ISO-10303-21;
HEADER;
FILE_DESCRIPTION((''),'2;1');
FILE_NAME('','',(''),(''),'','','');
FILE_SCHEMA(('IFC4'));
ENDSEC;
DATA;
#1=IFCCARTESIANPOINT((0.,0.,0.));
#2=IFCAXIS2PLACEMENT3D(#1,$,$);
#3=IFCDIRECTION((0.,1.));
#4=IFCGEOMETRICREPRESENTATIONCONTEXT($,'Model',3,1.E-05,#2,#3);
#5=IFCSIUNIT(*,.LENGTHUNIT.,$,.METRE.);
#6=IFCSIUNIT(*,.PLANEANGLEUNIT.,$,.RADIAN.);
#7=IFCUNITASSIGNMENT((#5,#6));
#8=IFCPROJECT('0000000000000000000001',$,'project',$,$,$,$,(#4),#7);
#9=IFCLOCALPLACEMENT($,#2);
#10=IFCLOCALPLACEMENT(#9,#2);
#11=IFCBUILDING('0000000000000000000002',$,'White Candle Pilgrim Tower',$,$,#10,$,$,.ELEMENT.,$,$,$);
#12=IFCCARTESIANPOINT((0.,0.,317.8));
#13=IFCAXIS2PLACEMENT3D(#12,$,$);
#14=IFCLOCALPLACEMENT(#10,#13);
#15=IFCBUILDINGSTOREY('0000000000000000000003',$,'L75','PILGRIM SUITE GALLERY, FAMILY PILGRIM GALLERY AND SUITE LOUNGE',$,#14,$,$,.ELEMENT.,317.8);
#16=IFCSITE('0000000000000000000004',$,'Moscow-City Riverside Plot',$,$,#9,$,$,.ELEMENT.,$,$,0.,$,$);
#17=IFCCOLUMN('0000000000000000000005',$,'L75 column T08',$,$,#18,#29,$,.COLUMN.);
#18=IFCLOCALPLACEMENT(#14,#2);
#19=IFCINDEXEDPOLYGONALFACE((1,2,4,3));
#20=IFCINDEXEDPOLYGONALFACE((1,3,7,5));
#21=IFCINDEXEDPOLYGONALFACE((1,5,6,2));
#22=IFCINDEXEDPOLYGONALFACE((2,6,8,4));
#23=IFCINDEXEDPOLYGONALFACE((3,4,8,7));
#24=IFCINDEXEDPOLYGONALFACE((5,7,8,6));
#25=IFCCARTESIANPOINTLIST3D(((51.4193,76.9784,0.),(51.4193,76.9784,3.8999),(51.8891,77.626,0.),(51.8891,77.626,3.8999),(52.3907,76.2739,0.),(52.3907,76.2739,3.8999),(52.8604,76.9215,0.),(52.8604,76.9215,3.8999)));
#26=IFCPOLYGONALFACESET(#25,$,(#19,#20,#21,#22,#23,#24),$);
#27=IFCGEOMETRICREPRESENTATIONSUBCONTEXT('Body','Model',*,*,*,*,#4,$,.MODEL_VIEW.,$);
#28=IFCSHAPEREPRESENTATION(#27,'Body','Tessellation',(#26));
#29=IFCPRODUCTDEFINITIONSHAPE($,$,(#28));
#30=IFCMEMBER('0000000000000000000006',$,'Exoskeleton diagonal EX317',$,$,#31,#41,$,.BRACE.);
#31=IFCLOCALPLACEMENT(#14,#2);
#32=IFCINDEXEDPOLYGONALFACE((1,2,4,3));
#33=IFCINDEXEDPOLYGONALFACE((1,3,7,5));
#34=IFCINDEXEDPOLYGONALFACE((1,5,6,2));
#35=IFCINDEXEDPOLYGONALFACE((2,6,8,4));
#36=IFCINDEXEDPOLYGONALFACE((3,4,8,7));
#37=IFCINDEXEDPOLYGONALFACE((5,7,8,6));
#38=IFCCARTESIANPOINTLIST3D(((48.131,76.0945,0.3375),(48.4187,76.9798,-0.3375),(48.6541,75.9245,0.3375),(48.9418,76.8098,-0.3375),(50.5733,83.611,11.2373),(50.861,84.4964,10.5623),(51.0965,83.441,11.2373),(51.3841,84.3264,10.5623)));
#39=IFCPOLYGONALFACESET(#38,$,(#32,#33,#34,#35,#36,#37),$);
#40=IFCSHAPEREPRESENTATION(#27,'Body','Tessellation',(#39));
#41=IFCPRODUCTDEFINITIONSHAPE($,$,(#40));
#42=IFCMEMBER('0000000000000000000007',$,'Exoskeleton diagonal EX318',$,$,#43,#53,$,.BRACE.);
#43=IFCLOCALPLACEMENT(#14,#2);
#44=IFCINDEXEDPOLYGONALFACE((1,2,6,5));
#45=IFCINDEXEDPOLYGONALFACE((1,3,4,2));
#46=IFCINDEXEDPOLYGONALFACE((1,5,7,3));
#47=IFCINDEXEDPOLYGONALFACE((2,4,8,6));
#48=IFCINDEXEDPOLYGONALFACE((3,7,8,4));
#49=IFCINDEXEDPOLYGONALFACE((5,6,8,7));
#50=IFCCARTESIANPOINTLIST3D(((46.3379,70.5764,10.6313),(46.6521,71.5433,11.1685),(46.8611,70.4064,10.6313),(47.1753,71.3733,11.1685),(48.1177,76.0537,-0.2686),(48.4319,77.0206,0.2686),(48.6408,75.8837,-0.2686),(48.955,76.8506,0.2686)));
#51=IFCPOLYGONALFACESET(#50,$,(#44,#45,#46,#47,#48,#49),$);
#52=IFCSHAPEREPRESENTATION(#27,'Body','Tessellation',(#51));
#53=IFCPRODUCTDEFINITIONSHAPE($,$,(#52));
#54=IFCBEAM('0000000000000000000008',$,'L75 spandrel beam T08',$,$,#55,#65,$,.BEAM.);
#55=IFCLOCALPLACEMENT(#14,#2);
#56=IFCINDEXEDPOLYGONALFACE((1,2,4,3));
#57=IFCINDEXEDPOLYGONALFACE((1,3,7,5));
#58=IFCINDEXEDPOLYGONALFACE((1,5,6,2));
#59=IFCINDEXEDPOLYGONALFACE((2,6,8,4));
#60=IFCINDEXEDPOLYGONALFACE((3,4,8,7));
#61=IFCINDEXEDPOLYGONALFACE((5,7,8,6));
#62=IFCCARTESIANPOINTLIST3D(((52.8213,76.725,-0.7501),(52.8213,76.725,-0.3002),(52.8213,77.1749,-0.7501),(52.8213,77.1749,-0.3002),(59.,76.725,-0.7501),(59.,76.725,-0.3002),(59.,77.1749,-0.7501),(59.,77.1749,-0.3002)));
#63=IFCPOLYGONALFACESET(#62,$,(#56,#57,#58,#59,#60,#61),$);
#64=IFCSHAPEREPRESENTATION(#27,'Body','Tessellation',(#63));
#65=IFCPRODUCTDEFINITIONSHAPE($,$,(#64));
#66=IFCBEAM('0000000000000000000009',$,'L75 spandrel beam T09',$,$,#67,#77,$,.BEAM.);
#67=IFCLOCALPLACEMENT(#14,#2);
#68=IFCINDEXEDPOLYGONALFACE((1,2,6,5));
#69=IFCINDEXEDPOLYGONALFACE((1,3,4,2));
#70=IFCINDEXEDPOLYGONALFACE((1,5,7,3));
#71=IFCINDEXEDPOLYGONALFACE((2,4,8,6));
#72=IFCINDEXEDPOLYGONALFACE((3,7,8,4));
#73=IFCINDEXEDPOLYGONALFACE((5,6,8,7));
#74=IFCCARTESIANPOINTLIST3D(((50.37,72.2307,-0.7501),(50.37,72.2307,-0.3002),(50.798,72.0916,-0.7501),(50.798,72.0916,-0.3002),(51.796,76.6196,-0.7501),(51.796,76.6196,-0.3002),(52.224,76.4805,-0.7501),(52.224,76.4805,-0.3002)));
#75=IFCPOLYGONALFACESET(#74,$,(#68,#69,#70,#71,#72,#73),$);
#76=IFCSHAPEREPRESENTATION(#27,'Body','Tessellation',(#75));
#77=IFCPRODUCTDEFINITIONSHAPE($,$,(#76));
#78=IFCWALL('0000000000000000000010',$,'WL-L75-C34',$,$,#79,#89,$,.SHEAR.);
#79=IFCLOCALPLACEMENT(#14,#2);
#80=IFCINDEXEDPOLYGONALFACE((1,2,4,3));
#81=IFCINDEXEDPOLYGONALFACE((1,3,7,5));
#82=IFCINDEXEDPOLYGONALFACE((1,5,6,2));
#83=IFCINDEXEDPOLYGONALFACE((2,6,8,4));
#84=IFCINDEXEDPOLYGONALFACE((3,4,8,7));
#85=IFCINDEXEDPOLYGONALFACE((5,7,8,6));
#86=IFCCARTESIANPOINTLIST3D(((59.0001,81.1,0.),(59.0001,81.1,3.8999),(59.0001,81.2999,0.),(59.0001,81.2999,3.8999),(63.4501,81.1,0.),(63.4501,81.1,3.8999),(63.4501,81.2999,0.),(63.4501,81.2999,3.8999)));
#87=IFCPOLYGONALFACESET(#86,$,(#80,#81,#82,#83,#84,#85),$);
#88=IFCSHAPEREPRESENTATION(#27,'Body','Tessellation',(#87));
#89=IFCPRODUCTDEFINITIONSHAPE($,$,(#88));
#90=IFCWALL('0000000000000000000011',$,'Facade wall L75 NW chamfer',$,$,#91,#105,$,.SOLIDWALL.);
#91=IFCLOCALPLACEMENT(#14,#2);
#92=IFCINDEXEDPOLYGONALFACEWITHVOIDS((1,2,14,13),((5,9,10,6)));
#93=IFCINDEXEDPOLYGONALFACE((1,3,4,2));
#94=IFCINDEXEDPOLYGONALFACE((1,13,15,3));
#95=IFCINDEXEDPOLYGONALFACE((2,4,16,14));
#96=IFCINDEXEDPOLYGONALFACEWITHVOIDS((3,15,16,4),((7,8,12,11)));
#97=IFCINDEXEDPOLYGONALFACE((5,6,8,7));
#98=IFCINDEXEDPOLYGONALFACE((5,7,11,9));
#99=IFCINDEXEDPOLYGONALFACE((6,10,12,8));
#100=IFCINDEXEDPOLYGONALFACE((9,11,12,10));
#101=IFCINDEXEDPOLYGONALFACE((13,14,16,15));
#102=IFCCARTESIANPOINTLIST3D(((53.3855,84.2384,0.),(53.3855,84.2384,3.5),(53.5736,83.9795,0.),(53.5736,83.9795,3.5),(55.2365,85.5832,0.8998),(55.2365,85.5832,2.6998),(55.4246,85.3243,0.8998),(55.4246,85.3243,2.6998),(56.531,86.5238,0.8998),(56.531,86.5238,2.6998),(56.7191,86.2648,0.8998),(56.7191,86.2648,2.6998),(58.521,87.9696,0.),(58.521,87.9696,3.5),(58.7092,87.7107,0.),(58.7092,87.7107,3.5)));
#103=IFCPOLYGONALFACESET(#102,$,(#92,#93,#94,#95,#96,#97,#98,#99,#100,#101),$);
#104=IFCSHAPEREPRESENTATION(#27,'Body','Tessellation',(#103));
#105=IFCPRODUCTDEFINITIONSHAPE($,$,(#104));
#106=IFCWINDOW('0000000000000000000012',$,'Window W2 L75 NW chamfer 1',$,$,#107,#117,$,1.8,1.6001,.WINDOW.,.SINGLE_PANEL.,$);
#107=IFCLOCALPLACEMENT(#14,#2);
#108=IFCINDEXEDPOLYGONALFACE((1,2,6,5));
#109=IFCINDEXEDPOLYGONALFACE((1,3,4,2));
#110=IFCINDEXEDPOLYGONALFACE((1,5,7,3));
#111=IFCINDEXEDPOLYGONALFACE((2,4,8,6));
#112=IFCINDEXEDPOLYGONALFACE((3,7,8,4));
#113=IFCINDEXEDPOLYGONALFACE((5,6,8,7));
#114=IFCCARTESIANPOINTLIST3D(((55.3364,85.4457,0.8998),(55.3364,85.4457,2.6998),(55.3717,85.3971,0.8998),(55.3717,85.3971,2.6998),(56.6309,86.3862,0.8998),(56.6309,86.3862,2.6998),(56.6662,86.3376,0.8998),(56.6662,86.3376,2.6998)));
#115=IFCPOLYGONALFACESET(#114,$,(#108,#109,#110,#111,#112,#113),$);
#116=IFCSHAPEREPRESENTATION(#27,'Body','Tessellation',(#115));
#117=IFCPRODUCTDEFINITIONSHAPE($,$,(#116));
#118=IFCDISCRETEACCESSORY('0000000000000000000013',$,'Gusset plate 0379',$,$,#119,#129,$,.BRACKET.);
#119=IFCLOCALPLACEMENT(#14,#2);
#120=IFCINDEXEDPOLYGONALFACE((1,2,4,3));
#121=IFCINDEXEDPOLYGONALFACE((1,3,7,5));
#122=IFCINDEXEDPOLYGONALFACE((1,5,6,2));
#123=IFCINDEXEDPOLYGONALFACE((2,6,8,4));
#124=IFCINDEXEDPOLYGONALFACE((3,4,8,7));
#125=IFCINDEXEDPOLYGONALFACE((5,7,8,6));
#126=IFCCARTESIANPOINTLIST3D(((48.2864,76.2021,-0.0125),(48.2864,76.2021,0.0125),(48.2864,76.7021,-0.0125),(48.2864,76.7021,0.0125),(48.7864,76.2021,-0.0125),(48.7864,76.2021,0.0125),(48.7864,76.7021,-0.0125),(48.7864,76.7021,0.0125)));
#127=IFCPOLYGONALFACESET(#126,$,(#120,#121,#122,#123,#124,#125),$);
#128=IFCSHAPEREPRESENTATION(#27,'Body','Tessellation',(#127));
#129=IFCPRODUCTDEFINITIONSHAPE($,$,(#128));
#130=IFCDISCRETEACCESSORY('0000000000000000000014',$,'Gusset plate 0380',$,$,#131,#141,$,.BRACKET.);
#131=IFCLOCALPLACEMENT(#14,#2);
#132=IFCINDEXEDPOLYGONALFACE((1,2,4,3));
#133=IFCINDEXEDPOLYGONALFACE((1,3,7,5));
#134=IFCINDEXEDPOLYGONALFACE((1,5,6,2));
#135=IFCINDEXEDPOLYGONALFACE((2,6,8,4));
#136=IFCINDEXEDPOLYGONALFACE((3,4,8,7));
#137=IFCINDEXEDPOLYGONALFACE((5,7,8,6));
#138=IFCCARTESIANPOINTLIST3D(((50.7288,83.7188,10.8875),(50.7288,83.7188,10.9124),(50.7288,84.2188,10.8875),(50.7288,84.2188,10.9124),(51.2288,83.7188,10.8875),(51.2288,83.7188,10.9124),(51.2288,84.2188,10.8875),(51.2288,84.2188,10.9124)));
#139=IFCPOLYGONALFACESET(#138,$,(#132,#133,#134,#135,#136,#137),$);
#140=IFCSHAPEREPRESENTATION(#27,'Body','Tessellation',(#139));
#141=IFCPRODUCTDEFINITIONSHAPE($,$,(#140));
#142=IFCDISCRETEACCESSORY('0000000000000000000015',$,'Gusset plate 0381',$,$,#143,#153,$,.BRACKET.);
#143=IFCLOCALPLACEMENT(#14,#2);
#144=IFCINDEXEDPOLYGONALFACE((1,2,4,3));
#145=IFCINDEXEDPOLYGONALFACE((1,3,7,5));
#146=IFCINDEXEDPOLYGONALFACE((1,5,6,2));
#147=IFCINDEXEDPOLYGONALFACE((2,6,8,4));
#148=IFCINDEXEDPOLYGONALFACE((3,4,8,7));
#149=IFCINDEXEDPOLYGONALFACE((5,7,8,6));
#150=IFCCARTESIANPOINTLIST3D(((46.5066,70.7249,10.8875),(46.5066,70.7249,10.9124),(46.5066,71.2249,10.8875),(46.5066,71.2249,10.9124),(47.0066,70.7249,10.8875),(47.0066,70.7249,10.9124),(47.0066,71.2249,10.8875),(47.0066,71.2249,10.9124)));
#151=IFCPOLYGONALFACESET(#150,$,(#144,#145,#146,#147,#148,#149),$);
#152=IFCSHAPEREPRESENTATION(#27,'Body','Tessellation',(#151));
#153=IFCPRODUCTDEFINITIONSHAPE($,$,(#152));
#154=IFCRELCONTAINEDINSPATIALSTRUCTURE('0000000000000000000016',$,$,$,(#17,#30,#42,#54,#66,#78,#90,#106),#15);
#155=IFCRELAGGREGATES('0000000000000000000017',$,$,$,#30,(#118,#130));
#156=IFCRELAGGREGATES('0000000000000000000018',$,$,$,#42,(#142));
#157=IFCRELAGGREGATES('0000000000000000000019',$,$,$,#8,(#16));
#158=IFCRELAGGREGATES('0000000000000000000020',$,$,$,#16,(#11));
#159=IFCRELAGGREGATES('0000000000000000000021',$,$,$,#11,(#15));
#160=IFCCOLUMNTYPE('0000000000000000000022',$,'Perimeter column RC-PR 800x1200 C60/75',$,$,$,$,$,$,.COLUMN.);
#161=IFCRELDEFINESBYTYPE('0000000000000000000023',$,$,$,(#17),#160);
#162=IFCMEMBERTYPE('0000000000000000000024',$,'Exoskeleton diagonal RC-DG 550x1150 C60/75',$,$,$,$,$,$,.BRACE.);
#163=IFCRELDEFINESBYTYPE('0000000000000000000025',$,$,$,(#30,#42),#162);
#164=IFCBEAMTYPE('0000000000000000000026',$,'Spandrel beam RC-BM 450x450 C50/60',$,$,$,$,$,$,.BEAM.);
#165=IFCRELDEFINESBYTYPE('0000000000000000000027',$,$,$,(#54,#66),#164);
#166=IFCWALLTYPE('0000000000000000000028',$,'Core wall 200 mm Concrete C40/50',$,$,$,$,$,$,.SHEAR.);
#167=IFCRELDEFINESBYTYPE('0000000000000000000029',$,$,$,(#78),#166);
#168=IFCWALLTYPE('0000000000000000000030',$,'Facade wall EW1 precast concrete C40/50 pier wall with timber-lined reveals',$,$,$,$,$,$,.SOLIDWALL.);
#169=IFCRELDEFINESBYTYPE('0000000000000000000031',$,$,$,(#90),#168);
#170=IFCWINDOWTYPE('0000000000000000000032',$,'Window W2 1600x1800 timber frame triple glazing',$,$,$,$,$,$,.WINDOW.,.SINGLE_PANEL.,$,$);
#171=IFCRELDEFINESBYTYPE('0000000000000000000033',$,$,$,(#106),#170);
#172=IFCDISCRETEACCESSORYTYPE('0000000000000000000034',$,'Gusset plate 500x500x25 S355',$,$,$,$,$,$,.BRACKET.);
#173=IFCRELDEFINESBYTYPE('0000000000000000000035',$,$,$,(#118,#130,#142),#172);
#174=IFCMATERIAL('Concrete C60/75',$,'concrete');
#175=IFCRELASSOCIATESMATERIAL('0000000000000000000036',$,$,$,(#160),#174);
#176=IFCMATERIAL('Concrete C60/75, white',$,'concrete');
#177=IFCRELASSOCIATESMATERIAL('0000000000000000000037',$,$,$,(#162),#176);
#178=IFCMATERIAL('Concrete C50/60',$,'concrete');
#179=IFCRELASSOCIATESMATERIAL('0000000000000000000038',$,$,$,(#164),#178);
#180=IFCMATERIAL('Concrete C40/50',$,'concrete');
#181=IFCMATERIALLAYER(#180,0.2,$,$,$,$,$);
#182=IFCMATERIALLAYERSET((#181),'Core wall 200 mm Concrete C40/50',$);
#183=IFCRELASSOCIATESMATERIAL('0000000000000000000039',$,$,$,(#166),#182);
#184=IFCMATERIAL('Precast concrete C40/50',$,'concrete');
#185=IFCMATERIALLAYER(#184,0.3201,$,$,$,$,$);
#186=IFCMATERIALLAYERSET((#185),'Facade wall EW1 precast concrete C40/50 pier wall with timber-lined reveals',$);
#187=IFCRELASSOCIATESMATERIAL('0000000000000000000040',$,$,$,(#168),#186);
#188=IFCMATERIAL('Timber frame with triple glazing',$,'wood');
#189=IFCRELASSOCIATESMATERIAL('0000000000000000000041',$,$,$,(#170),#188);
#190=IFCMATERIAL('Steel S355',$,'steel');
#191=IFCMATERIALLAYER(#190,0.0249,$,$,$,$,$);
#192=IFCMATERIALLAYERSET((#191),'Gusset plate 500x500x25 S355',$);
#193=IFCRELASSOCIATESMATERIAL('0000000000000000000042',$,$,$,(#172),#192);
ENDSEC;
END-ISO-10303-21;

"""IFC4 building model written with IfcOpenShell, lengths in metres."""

from ifc_helpers import new_model, si_unit, direction, frame, frame_2d, origin, origin_2d, place, context, subcontext, project, spatial, rectangle, extrude, material, layer, layer_set, material_profile, profile_set, type_object, element, fill, aggregate, save


model = new_model("IFC4")

# Units and contexts
model_context = context("Model", 3, precision=1e-05, world=origin(), true_north=direction((0.0, 1.0)))
body_context = subcontext(model_context, "Body", "Model", "MODEL_VIEW")
ifc_project = project(units=[si_unit("LENGTHUNIT", "METRE"), si_unit("PLANEANGLEUNIT", "RADIAN")], contexts=[model_context])

# Site, building, storey
site_placement = place(None, origin())
site = spatial("IfcSite", under=ifc_project, at=site_placement, Name="Moscow-City Riverside Plot", CompositionType="ELEMENT", RefElevation=0.0)
building_placement = place(site_placement, origin())
building = spatial("IfcBuilding", under=site, at=building_placement, Name="White Candle Pilgrim Tower", CompositionType="ELEMENT")
storey_placement = place(building_placement, frame((0.0, 0.0, 317.8)))
storey = spatial("IfcBuildingStorey", under=building, at=storey_placement, Name="L75", Description="PILGRIM SUITE GALLERY, FAMILY PILGRIM GALLERY AND SUITE LOUNGE", CompositionType="ELEMENT", Elevation=317.8)

# Column
ifc_material_1 = material(Name="Concrete C60/75", Category="concrete")
ifc_material_profile_1 = material_profile(ifc_material_1, rectangle(XDim=0.8, YDim=1.2, at=origin_2d()), Name="RC-PR 800x1200")
ifc_profile_set_1 = profile_set([ifc_material_profile_1], Name="Concrete C60/75")
column_type = type_object("IfcColumnType", Name="Perimeter column RC-PR 800x1200 C60/75", PredefinedType="COLUMN", material=ifc_profile_set_1)
column_placement = place(storey_placement, frame((52.1399, 76.95, 0.0), z_axis=(0.0, 0.0, 1.0), x_axis=(0.587107, 0.809509, 0.0)))
element("IfcColumn", 1, at=column_placement, inside=storey, type_object=column_type, Name="L75 column T08", PredefinedType="COLUMN", context=body_context, shape_type="SweptSolid", body=[
    extrude(rectangle(XDim=0.8, YDim=1.2, at=origin_2d()), origin(), (0.0, 0.0, 1.0), 3.8999),
])

# Members
ifc_material_2 = material(Name="Concrete C60/75, white", Category="concrete")
ifc_material_profile_2 = material_profile(ifc_material_2, rectangle(XDim=0.55, YDim=1.1499, at=origin_2d()), Name="RC-DG 550x1150")
ifc_profile_set_2 = profile_set([ifc_material_profile_2], Name="Concrete C60/75, white")
member_type = type_object("IfcMemberType", Name="Exoskeleton diagonal RC-DG 550x1150 C60/75", PredefinedType="BRACE", material=ifc_profile_set_2)
member_1_placement = place(storey_placement, frame((48.5364, 76.4521, 0.0), z_axis=(0.181404, 0.558285, 0.809574), x_axis=(-0.951053, 0.309027, 0.0)))
member_1 = element("IfcMember", 2, at=member_1_placement, inside=storey, type_object=member_type, Name="Exoskeleton diagonal EX317", PredefinedType="BRACE", context=body_context, shape_type="SweptSolid", body=[
    extrude(rectangle(XDim=0.55, YDim=1.1499, at=origin_2d()), origin(), (0.0, 0.0, 1.0), 13.4636),
])
member_2_placement = place(storey_placement, frame((48.5364, 76.4521, 0.0), z_axis=(-0.144371, -0.444302, 0.884168), x_axis=(0.951051, -0.309033, 0.0)))
member_2 = element("IfcMember", 3, at=member_2_placement, inside=storey, type_object=member_type, Name="Exoskeleton diagonal EX318", PredefinedType="BRACE", context=body_context, shape_type="SweptSolid", body=[
    extrude(rectangle(XDim=0.55, YDim=1.1499, at=origin_2d()), origin(), (0.0, 0.0, 1.0), 12.3279),
])

# Beams
ifc_material_3 = material(Name="Concrete C50/60", Category="concrete")
ifc_material_profile_3 = material_profile(ifc_material_3, rectangle(XDim=0.45, YDim=0.45, at=origin_2d()), Name="RC-BM 450x450")
ifc_profile_set_3 = profile_set([ifc_material_profile_3], Name="Concrete C50/60")
beam_type = type_object("IfcBeamType", Name="Spandrel beam RC-BM 450x450 C50/60", PredefinedType="BEAM", material=ifc_profile_set_3)
beam_1_placement = place(storey_placement, frame((52.8213, 76.95, -0.5251), z_axis=(1.0, 0.0, 0.0), x_axis=(0.0, 1.0, 0.0)))
element("IfcBeam", 4, at=beam_1_placement, inside=storey, type_object=beam_type, Name="L75 spandrel beam T08", PredefinedType="BEAM", context=body_context, shape_type="SweptSolid", body=[
    extrude(rectangle(XDim=0.45, YDim=0.45, at=origin_2d()), origin(), (0.0, 0.0, 1.0), 6.1787),
])
beam_2_placement = place(storey_placement, frame((52.01, 76.55, -0.5251), z_axis=(-0.309013, -0.951058, 0.0), x_axis=(0.951058, -0.309013, 0.0)))
element("IfcBeam", 5, at=beam_2_placement, inside=storey, type_object=beam_type, Name="L75 spandrel beam T09", PredefinedType="BEAM", context=body_context, shape_type="SweptSolid", body=[
    extrude(rectangle(XDim=0.45, YDim=0.45, at=origin_2d()), origin(), (0.0, 0.0, 1.0), 4.6147),
])

# Wall
ifc_material_4 = material(Name="Concrete C40/50", Category="concrete")
ifc_layer_1 = layer(ifc_material_4, 0.2)
ifc_layer_set_1 = layer_set([ifc_layer_1], Name="Core wall 200 mm Concrete C40/50")
wall_type_1 = type_object("IfcWallType", Name="Core wall 200 mm Concrete C40/50", PredefinedType="SHEAR", material=ifc_layer_set_1)
wall_1_placement = place(storey_placement, frame((59.0, 81.2, 0.0), z_axis=(0.0, 0.0, 1.0), x_axis=(1.0, 0.0, 0.0)))
element("IfcWall", 6, at=wall_1_placement, inside=storey, type_object=wall_type_1, Name="WL-L75-C34", PredefinedType="SHEAR", context=body_context, shape_type="SweptSolid", body=[
    extrude(rectangle(XDim=4.45, YDim=0.2, at=frame_2d((2.2251, 0.0))), origin(), (0.0, 0.0, 1.0), 3.8999),
])

# Wall, opening, window
ifc_material_5 = material(Name="Precast concrete C40/50", Category="concrete")
ifc_layer_2 = layer(ifc_material_5, 0.3201)
ifc_layer_set_2 = layer_set([ifc_layer_2], Name="Facade wall EW1 precast concrete C40/50 pier wall with timber-lined reveals")
wall_type_2 = type_object("IfcWallType", Name="Facade wall EW1 precast concrete C40/50 pier wall with timber-lined reveals", PredefinedType="SOLIDWALL", material=ifc_layer_set_2)
wall_2_placement = place(storey_placement, frame((58.615, 87.8401, 0.0), z_axis=(0.0, 0.0, 1.0), x_axis=(-0.809014, -0.58779, 0.0)))
wall_2 = element("IfcWall", 7, at=wall_2_placement, inside=storey, type_object=wall_type_2, Name="Facade wall L75 NW chamfer", PredefinedType="SOLIDWALL", context=body_context, shape_type="SweptSolid", body=[
    extrude(rectangle(XDim=6.3479, YDim=0.3201, at=frame_2d((3.1738, 0.0))), origin(), (0.0, 0.0, 1.0), 3.5),
])
opening_1_placement = place(wall_2_placement, frame((2.4597, 0.0, 0.8999)))
opening_1 = element("IfcOpeningElement", 8, at=opening_1_placement, cuts=wall_2, PredefinedType="OPENING", context=body_context, shape_type="SweptSolid", body=[
    extrude(rectangle(XDim=1.6001, YDim=1.8, at=frame_2d((0.8, 0.8999))), frame((0.0, 0.1699, 0.0), z_axis=(0.0, -1.0, 0.0), x_axis=(1.0, 0.0, 0.0)), (0.0, 0.0, 1.0), 0.3401),
])
ifc_material_6 = material(Name="Timber frame with triple glazing", Category="wood")
window_type_1 = type_object("IfcWindowType", Name="Window W2 1600x1800 timber frame triple glazing", PartitioningType="SINGLE_PANEL", PredefinedType="WINDOW", material=ifc_material_6)
window_1_placement = place(opening_1_placement, origin())
window_1 = element("IfcWindow", 9, at=window_1_placement, inside=storey, type_object=window_type_1, Name="Window W2 L75 NW chamfer 1", OverallHeight=1.8, OverallWidth=1.6001, PartitioningType="SINGLE_PANEL", PredefinedType="WINDOW", context=body_context, shape_type="SweptSolid", body=[
    extrude(rectangle(XDim=1.6001, YDim=1.8, at=frame_2d((0.8, 0.8999))), frame((0.0, 0.0701, 0.0), z_axis=(0.0, -1.0, 0.0), x_axis=(1.0, 0.0, 0.0)), (0.0, 0.0, 1.0), 0.0601),
])
fill(opening_1, window_1)

# Discrete accessories
ifc_material_7 = material(Name="Steel S355", Category="steel")
ifc_layer_3 = layer(ifc_material_7, 0.0249)
ifc_layer_set_3 = layer_set([ifc_layer_3], Name="Gusset plate 500x500x25 S355")
discrete_accessory_type = type_object("IfcDiscreteAccessoryType", Name="Gusset plate 500x500x25 S355", PredefinedType="BRACKET", material=ifc_layer_set_3)
discrete_accessory_1_placement = place(storey_placement, frame((48.5364, 76.4521, -0.0125), z_axis=(0.0, 0.0, 1.0), x_axis=(1.0, 0.0, 0.0)))
discrete_accessory_1 = element("IfcDiscreteAccessory", 10, at=discrete_accessory_1_placement, type_object=discrete_accessory_type, Name="Gusset plate 0379", PredefinedType="BRACKET", context=body_context, shape_type="SweptSolid", body=[
    extrude(rectangle(XDim=0.5, YDim=0.5, at=origin_2d()), origin(), (0.0, 0.0, 1.0), 0.0249),
])
placement = place(building_placement, frame((0.0, 0.0, 328.7)))
discrete_accessory_2_placement = place(placement, frame((50.9788, 83.9688, -0.0125), z_axis=(0.0, 0.0, 1.0), x_axis=(1.0, 0.0, 0.0)))
discrete_accessory_2 = element("IfcDiscreteAccessory", 11, at=discrete_accessory_2_placement, type_object=discrete_accessory_type, Name="Gusset plate 0380", PredefinedType="BRACKET", context=body_context, shape_type="SweptSolid", body=[
    extrude(rectangle(XDim=0.5, YDim=0.5, at=origin_2d()), origin(), (0.0, 0.0, 1.0), 0.0249),
])
aggregate(member_1, [discrete_accessory_1, discrete_accessory_2])
discrete_accessory_3_placement = place(placement, frame((46.7566, 70.9749, -0.0125), z_axis=(0.0, 0.0, 1.0), x_axis=(1.0, 0.0, 0.0)))
discrete_accessory_3 = element("IfcDiscreteAccessory", 12, at=discrete_accessory_3_placement, type_object=discrete_accessory_type, Name="Gusset plate 0381", PredefinedType="BRACKET", context=body_context, shape_type="SweptSolid", body=[
    extrude(rectangle(XDim=0.5, YDim=0.5, at=origin_2d()), origin(), (0.0, 0.0, 1.0), 0.0249),
])
aggregate(member_2, [discrete_accessory_3])

save(model, "model.ifc")
